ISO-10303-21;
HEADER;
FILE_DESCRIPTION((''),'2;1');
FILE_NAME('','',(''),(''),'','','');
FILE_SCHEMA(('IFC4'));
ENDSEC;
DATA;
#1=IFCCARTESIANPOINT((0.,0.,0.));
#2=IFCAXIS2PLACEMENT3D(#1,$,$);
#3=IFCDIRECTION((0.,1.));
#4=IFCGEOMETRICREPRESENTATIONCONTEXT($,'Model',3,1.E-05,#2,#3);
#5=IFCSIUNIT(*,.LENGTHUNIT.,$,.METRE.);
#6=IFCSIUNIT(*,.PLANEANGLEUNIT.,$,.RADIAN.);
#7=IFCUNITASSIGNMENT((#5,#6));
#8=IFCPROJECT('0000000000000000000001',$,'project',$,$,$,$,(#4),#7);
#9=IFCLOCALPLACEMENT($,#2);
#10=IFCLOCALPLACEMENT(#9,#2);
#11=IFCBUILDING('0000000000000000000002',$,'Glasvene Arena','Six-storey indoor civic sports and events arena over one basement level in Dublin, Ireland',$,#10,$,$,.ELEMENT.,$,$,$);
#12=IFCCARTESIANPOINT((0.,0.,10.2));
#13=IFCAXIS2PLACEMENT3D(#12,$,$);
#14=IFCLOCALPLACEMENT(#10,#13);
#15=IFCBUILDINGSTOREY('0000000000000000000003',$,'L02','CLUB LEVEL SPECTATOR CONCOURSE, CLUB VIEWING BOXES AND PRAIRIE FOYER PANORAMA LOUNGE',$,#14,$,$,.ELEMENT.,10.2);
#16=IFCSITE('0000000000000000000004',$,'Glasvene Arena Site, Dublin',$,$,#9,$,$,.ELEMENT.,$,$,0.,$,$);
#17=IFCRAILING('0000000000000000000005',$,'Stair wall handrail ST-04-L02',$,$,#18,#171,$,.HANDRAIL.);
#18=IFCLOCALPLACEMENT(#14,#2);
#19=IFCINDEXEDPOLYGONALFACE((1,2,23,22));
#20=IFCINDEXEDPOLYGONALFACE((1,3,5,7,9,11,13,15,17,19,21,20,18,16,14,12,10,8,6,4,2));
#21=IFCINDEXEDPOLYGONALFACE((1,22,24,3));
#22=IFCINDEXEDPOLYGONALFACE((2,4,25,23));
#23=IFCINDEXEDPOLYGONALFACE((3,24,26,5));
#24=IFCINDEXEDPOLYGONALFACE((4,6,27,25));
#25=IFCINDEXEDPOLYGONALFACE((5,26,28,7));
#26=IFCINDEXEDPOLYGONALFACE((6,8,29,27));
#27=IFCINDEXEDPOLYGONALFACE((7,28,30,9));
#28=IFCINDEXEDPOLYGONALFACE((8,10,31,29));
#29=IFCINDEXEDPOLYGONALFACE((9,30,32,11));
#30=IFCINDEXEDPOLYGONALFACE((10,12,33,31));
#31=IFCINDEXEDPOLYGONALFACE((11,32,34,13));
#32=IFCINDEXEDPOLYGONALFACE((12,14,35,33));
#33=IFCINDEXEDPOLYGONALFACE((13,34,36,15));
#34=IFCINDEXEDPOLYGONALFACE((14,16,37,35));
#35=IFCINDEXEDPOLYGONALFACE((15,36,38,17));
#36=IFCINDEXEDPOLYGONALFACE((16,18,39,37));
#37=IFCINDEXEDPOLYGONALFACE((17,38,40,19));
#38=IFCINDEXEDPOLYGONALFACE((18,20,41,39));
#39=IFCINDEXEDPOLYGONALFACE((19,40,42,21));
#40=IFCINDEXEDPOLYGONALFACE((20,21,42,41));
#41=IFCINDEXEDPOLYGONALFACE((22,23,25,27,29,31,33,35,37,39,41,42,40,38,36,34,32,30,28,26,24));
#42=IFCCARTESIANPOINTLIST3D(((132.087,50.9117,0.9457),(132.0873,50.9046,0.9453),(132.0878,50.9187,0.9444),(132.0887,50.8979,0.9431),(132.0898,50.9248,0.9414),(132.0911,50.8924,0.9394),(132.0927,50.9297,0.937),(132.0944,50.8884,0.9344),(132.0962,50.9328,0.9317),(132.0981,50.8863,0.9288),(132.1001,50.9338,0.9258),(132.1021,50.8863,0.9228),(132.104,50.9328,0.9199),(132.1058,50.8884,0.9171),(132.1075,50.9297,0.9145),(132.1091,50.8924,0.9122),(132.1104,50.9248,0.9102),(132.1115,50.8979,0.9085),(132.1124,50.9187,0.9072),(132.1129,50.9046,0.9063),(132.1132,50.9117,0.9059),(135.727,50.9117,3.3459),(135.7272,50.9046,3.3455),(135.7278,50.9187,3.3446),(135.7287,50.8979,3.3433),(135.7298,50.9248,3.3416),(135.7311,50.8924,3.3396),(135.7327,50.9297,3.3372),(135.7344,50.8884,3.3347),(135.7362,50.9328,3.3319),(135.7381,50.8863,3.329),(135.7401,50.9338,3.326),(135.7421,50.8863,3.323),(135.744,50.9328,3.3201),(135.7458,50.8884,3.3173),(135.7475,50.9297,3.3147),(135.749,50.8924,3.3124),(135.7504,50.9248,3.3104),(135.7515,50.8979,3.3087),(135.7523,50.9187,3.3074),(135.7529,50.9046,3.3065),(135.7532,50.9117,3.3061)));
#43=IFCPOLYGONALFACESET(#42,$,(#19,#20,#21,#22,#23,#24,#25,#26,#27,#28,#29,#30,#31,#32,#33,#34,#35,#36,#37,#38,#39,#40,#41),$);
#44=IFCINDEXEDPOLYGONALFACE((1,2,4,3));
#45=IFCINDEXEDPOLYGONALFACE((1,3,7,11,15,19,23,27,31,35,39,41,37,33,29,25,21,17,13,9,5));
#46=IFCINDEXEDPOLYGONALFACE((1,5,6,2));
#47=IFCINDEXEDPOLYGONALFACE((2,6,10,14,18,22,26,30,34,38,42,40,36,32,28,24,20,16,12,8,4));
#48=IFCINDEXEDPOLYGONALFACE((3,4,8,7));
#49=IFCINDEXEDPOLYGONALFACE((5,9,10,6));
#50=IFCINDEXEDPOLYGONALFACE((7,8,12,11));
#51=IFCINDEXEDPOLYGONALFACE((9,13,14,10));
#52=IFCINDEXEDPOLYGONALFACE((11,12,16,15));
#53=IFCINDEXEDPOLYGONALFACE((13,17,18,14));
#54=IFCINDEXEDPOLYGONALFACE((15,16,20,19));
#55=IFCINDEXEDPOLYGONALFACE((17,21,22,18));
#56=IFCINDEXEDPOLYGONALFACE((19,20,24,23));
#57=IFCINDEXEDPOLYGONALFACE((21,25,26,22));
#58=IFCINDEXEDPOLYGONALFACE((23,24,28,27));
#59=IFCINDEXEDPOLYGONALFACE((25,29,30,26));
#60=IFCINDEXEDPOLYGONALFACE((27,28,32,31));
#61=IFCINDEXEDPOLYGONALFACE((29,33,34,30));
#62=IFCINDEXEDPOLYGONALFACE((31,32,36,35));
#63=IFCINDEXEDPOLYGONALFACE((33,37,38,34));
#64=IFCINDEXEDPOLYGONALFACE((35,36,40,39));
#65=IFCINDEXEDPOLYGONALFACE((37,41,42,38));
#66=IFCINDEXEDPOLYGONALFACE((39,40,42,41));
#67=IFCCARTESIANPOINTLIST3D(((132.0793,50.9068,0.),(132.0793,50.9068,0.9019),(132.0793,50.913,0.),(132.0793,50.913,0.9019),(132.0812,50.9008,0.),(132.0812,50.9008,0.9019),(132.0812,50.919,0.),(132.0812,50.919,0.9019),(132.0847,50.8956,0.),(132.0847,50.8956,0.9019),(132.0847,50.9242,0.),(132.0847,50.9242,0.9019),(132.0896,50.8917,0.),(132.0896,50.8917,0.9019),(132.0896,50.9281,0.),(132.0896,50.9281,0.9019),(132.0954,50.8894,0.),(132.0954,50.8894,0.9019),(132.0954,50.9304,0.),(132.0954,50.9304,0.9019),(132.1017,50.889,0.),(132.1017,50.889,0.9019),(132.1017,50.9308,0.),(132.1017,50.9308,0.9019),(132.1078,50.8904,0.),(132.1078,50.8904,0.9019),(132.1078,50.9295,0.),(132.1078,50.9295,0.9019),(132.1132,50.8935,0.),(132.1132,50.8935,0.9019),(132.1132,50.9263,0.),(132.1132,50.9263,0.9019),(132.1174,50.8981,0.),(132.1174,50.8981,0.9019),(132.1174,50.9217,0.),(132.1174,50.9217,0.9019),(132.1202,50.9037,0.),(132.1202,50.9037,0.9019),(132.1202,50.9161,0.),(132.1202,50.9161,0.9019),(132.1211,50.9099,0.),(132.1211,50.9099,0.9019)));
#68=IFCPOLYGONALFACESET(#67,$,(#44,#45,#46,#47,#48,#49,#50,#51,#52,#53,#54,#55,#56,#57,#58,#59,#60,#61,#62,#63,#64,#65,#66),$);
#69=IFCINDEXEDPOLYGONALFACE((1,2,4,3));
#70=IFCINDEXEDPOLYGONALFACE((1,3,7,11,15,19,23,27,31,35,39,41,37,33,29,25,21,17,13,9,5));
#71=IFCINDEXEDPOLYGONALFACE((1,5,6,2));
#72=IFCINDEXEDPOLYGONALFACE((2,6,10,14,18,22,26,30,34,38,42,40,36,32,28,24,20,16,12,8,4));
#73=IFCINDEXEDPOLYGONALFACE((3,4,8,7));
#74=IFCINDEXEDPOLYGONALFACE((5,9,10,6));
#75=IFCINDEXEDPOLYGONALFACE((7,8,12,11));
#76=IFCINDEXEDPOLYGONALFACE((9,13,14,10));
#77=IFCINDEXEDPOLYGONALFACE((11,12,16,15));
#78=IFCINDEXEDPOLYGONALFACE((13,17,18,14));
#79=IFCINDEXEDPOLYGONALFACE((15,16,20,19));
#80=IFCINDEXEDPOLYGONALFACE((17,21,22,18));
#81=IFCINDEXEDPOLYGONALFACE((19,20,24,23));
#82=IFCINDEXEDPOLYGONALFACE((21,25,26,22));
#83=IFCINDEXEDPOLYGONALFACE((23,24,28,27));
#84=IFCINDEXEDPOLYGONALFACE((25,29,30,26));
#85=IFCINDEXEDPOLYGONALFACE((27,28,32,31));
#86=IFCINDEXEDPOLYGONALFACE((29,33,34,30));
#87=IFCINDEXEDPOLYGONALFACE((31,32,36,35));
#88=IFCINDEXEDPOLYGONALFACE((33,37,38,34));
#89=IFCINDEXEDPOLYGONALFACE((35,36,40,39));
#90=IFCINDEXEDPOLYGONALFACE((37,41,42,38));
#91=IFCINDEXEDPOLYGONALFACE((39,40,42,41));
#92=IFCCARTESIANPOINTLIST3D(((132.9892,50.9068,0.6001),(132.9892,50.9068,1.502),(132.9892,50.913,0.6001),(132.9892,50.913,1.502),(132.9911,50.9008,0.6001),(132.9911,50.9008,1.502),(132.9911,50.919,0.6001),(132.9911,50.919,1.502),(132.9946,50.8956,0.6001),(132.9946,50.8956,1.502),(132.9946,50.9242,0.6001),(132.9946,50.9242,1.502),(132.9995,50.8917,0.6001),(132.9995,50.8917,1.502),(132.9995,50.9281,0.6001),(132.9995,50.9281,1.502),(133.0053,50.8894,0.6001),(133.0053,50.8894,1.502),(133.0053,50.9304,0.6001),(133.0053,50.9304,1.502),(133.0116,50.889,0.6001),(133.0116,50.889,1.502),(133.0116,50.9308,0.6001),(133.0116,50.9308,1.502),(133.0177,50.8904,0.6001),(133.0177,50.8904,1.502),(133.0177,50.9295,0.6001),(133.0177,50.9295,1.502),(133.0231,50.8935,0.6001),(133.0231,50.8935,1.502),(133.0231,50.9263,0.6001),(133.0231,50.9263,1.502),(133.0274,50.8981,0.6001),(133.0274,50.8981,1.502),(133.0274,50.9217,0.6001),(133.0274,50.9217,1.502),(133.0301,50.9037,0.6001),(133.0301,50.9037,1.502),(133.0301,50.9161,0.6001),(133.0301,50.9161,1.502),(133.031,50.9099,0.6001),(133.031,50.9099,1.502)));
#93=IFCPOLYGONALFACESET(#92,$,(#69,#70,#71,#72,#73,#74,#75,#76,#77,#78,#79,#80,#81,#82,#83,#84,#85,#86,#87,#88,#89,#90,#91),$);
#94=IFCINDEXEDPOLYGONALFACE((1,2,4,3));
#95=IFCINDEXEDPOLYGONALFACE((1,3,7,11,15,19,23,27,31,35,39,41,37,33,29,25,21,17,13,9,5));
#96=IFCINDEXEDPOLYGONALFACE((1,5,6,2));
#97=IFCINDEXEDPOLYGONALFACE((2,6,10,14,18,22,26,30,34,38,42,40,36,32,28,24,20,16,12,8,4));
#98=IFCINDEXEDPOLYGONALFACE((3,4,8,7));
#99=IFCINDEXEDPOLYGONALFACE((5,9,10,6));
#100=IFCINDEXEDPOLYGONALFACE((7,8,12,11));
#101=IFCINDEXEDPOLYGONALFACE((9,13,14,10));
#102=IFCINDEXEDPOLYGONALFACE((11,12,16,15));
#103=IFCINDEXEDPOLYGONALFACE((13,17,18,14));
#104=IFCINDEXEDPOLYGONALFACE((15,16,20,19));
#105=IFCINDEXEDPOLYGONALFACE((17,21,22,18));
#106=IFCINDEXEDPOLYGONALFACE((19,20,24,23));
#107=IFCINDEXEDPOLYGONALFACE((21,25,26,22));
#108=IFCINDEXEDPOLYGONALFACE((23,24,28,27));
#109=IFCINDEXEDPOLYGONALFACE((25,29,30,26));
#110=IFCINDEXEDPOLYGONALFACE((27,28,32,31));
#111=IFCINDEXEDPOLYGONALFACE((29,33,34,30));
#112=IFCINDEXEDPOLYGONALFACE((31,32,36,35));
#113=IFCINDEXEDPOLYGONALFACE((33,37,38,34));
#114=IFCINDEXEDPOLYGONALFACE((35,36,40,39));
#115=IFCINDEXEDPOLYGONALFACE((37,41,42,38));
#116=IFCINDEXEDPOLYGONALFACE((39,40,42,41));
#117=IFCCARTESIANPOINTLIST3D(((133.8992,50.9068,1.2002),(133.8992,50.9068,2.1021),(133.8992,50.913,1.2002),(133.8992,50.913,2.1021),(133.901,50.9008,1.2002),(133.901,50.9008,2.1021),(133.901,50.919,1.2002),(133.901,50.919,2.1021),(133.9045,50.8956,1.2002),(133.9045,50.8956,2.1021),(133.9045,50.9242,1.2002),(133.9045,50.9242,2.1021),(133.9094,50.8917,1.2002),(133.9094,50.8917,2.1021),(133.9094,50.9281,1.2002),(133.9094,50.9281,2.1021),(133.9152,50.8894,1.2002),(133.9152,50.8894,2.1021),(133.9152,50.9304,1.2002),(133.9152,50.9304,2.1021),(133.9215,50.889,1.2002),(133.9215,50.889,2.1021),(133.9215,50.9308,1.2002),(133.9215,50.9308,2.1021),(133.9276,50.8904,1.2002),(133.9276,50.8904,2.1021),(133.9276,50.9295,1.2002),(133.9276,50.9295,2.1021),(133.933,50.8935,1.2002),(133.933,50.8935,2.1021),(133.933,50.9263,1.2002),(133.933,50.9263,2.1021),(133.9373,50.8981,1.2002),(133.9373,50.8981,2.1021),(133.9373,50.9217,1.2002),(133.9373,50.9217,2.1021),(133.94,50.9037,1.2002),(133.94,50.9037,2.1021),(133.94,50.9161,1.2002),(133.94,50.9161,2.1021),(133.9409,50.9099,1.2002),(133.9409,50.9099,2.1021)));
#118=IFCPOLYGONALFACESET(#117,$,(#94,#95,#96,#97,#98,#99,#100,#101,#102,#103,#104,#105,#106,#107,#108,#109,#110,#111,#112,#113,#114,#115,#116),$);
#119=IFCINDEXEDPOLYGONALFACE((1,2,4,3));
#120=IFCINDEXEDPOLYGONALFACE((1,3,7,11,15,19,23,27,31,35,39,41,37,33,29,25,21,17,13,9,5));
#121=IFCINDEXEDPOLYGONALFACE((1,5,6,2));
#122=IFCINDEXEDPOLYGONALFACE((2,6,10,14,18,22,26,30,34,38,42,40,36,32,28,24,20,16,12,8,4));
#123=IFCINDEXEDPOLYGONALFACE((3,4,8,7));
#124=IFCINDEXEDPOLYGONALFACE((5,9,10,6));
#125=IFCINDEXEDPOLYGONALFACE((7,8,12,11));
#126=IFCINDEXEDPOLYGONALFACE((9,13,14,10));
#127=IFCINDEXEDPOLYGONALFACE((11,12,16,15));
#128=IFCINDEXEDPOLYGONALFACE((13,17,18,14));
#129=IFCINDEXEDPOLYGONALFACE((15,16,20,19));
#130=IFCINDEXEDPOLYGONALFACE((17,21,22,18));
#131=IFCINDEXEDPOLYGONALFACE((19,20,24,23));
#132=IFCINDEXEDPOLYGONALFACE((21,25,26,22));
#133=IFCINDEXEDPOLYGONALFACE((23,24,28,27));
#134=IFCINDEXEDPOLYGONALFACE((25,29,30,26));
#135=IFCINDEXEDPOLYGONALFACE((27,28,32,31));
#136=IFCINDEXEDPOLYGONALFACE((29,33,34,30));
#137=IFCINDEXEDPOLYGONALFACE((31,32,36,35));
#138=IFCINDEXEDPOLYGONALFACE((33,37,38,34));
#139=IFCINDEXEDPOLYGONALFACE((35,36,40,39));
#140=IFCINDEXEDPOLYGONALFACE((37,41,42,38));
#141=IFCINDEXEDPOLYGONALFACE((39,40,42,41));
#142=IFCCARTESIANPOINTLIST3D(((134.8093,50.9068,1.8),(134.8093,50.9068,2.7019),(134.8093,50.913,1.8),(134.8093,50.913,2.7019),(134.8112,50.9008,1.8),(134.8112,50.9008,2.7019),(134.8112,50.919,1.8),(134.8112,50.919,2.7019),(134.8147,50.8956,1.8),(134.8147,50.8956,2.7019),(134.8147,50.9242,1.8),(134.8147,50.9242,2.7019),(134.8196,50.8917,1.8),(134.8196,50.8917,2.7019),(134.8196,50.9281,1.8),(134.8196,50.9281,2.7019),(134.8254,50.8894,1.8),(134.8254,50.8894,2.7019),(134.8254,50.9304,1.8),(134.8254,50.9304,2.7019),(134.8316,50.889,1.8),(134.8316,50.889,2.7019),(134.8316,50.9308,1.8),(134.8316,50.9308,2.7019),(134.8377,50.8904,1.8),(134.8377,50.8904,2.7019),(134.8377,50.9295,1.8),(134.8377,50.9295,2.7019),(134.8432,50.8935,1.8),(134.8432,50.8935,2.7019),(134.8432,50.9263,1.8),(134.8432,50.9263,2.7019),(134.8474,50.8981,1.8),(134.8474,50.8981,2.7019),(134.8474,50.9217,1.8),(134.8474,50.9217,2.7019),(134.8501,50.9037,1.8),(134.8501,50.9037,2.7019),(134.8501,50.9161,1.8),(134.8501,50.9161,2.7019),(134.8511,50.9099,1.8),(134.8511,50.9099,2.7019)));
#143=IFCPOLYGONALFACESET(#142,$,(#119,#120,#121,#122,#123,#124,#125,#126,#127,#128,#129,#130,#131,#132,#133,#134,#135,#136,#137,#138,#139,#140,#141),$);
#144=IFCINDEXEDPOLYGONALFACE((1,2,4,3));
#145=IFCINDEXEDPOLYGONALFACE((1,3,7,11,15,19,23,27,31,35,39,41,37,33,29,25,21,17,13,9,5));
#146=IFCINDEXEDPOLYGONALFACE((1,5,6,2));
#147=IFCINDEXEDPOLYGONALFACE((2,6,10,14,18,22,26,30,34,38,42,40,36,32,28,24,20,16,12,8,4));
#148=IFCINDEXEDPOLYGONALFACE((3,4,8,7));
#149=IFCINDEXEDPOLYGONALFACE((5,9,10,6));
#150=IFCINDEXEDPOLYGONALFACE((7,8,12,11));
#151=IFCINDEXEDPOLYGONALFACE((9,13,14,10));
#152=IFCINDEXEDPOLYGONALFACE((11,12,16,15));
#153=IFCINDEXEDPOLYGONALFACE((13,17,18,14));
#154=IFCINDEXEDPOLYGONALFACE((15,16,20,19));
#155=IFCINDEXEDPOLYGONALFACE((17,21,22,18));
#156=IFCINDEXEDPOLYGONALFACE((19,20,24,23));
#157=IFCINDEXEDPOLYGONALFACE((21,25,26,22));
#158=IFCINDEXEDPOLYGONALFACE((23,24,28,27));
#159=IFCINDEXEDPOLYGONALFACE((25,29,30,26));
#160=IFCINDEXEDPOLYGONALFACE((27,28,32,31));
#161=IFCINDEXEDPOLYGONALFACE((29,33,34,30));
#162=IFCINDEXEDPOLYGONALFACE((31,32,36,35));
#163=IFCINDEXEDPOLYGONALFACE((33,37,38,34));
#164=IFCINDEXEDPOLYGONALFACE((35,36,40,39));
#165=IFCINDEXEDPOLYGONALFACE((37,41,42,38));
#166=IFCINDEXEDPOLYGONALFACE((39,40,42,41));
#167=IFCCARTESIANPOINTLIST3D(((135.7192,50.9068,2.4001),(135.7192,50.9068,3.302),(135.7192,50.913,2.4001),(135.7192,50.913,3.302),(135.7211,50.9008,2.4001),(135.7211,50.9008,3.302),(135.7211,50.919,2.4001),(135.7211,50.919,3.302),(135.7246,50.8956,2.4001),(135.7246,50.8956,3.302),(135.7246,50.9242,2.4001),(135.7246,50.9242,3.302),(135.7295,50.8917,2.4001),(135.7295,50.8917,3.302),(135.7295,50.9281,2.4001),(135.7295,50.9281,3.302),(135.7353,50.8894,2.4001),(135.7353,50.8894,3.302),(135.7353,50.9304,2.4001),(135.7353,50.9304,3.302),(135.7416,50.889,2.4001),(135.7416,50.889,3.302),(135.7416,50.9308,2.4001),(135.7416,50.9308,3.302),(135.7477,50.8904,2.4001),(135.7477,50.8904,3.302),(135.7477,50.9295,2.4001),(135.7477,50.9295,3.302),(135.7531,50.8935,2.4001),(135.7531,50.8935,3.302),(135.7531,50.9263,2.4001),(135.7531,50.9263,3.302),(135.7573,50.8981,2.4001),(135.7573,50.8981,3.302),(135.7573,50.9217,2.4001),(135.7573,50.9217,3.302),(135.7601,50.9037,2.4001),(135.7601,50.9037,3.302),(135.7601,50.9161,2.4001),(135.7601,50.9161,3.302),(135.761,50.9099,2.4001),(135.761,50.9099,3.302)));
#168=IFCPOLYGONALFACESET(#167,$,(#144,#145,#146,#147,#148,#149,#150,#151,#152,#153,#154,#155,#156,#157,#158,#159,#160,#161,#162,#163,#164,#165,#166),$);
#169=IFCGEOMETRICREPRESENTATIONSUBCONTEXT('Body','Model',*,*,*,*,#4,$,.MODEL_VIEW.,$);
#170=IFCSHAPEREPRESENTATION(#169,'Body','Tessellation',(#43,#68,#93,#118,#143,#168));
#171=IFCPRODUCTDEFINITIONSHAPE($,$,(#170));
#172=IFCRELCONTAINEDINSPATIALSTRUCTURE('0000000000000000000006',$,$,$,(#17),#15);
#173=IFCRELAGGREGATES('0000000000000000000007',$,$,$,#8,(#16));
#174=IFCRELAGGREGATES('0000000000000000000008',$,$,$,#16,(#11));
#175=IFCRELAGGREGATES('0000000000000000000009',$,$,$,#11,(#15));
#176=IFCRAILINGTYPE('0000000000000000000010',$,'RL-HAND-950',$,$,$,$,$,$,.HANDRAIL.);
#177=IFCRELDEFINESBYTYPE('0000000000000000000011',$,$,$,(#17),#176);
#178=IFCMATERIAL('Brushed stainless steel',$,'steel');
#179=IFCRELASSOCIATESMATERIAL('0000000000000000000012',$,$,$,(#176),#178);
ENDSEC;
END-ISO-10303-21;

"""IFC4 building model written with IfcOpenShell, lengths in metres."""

from ifc_helpers import new_model, si_unit, direction, frame, origin, origin_2d, place, context, subcontext, project, spatial, circle, extrude, material, type_object, element, save


model = new_model("IFC4")

# Units and contexts
model_context = context("Model", 3, precision=1e-05, world=origin(), true_north=direction((0.0, 1.0)))
body_context = subcontext(model_context, "Body", "Model", "MODEL_VIEW")
ifc_project = project(units=[si_unit("LENGTHUNIT", "METRE"), si_unit("PLANEANGLEUNIT", "RADIAN")], contexts=[model_context])

# Site, building, storey
site_placement = place(None, origin())
site = spatial("IfcSite", under=ifc_project, at=site_placement, Name="Glasvene Arena Site, Dublin", CompositionType="ELEMENT", RefElevation=0.0)
building_placement = place(site_placement, origin())
building = spatial("IfcBuilding", under=site, at=building_placement, Name="Glasvene Arena", Description="Six-storey indoor civic sports and events arena over one basement level in Dublin, Ireland", CompositionType="ELEMENT")
storey_placement = place(building_placement, frame((0.0, 0.0, 10.2)))
storey = spatial("IfcBuildingStorey", under=building, at=storey_placement, Name="L02", Description="CLUB LEVEL SPECTATOR CONCOURSE, CLUB VIEWING BOXES AND PRAIRIE FOYER PANORAMA LOUNGE", CompositionType="ELEMENT", Elevation=10.2)

# Railing
ifc_material_1 = material(Name="Brushed stainless steel", Category="steel")
railing_type_1 = type_object("IfcRailingType", Name="RL-HAND-950", PredefinedType="HANDRAIL", material=ifc_material_1)
railing_1_placement = place(storey_placement, frame((132.1001, 50.9099, 0.0)))
element("IfcRailing", 1, at=railing_1_placement, inside=storey, type_object=railing_type_1, Name="Stair wall handrail ST-04-L02", PredefinedType="HANDRAIL", context=body_context, shape_type="SweptSolid", body=[
    extrude(circle(Radius=0.0239, at=origin_2d()), frame((0.0, 0.0, 0.9258), z_axis=(0.834839, 0.0, 0.550493), x_axis=(0.0, 1.0, 0.0)), (0.0, 0.0, 1.0), 4.3601),
    extrude(circle(Radius=0.021, at=origin_2d()), origin(), (0.0, 0.0, 1.0), 0.9019),
    extrude(circle(Radius=0.021, at=origin_2d()), frame((0.9099, 0.0, 0.6001)), (0.0, 0.0, 1.0), 0.9019),
    extrude(circle(Radius=0.021, at=origin_2d()), frame((1.8198, 0.0, 1.2002)), (0.0, 0.0, 1.0), 0.9019),
    extrude(circle(Radius=0.021, at=origin_2d()), frame((2.73, 0.0, 1.8)), (0.0, 0.0, 1.0), 0.9019),
    extrude(circle(Radius=0.021, at=origin_2d()), frame((3.6399, 0.0, 2.4001)), (0.0, 0.0, 1.0), 0.9019),
])

save(model, "model.ifc")
